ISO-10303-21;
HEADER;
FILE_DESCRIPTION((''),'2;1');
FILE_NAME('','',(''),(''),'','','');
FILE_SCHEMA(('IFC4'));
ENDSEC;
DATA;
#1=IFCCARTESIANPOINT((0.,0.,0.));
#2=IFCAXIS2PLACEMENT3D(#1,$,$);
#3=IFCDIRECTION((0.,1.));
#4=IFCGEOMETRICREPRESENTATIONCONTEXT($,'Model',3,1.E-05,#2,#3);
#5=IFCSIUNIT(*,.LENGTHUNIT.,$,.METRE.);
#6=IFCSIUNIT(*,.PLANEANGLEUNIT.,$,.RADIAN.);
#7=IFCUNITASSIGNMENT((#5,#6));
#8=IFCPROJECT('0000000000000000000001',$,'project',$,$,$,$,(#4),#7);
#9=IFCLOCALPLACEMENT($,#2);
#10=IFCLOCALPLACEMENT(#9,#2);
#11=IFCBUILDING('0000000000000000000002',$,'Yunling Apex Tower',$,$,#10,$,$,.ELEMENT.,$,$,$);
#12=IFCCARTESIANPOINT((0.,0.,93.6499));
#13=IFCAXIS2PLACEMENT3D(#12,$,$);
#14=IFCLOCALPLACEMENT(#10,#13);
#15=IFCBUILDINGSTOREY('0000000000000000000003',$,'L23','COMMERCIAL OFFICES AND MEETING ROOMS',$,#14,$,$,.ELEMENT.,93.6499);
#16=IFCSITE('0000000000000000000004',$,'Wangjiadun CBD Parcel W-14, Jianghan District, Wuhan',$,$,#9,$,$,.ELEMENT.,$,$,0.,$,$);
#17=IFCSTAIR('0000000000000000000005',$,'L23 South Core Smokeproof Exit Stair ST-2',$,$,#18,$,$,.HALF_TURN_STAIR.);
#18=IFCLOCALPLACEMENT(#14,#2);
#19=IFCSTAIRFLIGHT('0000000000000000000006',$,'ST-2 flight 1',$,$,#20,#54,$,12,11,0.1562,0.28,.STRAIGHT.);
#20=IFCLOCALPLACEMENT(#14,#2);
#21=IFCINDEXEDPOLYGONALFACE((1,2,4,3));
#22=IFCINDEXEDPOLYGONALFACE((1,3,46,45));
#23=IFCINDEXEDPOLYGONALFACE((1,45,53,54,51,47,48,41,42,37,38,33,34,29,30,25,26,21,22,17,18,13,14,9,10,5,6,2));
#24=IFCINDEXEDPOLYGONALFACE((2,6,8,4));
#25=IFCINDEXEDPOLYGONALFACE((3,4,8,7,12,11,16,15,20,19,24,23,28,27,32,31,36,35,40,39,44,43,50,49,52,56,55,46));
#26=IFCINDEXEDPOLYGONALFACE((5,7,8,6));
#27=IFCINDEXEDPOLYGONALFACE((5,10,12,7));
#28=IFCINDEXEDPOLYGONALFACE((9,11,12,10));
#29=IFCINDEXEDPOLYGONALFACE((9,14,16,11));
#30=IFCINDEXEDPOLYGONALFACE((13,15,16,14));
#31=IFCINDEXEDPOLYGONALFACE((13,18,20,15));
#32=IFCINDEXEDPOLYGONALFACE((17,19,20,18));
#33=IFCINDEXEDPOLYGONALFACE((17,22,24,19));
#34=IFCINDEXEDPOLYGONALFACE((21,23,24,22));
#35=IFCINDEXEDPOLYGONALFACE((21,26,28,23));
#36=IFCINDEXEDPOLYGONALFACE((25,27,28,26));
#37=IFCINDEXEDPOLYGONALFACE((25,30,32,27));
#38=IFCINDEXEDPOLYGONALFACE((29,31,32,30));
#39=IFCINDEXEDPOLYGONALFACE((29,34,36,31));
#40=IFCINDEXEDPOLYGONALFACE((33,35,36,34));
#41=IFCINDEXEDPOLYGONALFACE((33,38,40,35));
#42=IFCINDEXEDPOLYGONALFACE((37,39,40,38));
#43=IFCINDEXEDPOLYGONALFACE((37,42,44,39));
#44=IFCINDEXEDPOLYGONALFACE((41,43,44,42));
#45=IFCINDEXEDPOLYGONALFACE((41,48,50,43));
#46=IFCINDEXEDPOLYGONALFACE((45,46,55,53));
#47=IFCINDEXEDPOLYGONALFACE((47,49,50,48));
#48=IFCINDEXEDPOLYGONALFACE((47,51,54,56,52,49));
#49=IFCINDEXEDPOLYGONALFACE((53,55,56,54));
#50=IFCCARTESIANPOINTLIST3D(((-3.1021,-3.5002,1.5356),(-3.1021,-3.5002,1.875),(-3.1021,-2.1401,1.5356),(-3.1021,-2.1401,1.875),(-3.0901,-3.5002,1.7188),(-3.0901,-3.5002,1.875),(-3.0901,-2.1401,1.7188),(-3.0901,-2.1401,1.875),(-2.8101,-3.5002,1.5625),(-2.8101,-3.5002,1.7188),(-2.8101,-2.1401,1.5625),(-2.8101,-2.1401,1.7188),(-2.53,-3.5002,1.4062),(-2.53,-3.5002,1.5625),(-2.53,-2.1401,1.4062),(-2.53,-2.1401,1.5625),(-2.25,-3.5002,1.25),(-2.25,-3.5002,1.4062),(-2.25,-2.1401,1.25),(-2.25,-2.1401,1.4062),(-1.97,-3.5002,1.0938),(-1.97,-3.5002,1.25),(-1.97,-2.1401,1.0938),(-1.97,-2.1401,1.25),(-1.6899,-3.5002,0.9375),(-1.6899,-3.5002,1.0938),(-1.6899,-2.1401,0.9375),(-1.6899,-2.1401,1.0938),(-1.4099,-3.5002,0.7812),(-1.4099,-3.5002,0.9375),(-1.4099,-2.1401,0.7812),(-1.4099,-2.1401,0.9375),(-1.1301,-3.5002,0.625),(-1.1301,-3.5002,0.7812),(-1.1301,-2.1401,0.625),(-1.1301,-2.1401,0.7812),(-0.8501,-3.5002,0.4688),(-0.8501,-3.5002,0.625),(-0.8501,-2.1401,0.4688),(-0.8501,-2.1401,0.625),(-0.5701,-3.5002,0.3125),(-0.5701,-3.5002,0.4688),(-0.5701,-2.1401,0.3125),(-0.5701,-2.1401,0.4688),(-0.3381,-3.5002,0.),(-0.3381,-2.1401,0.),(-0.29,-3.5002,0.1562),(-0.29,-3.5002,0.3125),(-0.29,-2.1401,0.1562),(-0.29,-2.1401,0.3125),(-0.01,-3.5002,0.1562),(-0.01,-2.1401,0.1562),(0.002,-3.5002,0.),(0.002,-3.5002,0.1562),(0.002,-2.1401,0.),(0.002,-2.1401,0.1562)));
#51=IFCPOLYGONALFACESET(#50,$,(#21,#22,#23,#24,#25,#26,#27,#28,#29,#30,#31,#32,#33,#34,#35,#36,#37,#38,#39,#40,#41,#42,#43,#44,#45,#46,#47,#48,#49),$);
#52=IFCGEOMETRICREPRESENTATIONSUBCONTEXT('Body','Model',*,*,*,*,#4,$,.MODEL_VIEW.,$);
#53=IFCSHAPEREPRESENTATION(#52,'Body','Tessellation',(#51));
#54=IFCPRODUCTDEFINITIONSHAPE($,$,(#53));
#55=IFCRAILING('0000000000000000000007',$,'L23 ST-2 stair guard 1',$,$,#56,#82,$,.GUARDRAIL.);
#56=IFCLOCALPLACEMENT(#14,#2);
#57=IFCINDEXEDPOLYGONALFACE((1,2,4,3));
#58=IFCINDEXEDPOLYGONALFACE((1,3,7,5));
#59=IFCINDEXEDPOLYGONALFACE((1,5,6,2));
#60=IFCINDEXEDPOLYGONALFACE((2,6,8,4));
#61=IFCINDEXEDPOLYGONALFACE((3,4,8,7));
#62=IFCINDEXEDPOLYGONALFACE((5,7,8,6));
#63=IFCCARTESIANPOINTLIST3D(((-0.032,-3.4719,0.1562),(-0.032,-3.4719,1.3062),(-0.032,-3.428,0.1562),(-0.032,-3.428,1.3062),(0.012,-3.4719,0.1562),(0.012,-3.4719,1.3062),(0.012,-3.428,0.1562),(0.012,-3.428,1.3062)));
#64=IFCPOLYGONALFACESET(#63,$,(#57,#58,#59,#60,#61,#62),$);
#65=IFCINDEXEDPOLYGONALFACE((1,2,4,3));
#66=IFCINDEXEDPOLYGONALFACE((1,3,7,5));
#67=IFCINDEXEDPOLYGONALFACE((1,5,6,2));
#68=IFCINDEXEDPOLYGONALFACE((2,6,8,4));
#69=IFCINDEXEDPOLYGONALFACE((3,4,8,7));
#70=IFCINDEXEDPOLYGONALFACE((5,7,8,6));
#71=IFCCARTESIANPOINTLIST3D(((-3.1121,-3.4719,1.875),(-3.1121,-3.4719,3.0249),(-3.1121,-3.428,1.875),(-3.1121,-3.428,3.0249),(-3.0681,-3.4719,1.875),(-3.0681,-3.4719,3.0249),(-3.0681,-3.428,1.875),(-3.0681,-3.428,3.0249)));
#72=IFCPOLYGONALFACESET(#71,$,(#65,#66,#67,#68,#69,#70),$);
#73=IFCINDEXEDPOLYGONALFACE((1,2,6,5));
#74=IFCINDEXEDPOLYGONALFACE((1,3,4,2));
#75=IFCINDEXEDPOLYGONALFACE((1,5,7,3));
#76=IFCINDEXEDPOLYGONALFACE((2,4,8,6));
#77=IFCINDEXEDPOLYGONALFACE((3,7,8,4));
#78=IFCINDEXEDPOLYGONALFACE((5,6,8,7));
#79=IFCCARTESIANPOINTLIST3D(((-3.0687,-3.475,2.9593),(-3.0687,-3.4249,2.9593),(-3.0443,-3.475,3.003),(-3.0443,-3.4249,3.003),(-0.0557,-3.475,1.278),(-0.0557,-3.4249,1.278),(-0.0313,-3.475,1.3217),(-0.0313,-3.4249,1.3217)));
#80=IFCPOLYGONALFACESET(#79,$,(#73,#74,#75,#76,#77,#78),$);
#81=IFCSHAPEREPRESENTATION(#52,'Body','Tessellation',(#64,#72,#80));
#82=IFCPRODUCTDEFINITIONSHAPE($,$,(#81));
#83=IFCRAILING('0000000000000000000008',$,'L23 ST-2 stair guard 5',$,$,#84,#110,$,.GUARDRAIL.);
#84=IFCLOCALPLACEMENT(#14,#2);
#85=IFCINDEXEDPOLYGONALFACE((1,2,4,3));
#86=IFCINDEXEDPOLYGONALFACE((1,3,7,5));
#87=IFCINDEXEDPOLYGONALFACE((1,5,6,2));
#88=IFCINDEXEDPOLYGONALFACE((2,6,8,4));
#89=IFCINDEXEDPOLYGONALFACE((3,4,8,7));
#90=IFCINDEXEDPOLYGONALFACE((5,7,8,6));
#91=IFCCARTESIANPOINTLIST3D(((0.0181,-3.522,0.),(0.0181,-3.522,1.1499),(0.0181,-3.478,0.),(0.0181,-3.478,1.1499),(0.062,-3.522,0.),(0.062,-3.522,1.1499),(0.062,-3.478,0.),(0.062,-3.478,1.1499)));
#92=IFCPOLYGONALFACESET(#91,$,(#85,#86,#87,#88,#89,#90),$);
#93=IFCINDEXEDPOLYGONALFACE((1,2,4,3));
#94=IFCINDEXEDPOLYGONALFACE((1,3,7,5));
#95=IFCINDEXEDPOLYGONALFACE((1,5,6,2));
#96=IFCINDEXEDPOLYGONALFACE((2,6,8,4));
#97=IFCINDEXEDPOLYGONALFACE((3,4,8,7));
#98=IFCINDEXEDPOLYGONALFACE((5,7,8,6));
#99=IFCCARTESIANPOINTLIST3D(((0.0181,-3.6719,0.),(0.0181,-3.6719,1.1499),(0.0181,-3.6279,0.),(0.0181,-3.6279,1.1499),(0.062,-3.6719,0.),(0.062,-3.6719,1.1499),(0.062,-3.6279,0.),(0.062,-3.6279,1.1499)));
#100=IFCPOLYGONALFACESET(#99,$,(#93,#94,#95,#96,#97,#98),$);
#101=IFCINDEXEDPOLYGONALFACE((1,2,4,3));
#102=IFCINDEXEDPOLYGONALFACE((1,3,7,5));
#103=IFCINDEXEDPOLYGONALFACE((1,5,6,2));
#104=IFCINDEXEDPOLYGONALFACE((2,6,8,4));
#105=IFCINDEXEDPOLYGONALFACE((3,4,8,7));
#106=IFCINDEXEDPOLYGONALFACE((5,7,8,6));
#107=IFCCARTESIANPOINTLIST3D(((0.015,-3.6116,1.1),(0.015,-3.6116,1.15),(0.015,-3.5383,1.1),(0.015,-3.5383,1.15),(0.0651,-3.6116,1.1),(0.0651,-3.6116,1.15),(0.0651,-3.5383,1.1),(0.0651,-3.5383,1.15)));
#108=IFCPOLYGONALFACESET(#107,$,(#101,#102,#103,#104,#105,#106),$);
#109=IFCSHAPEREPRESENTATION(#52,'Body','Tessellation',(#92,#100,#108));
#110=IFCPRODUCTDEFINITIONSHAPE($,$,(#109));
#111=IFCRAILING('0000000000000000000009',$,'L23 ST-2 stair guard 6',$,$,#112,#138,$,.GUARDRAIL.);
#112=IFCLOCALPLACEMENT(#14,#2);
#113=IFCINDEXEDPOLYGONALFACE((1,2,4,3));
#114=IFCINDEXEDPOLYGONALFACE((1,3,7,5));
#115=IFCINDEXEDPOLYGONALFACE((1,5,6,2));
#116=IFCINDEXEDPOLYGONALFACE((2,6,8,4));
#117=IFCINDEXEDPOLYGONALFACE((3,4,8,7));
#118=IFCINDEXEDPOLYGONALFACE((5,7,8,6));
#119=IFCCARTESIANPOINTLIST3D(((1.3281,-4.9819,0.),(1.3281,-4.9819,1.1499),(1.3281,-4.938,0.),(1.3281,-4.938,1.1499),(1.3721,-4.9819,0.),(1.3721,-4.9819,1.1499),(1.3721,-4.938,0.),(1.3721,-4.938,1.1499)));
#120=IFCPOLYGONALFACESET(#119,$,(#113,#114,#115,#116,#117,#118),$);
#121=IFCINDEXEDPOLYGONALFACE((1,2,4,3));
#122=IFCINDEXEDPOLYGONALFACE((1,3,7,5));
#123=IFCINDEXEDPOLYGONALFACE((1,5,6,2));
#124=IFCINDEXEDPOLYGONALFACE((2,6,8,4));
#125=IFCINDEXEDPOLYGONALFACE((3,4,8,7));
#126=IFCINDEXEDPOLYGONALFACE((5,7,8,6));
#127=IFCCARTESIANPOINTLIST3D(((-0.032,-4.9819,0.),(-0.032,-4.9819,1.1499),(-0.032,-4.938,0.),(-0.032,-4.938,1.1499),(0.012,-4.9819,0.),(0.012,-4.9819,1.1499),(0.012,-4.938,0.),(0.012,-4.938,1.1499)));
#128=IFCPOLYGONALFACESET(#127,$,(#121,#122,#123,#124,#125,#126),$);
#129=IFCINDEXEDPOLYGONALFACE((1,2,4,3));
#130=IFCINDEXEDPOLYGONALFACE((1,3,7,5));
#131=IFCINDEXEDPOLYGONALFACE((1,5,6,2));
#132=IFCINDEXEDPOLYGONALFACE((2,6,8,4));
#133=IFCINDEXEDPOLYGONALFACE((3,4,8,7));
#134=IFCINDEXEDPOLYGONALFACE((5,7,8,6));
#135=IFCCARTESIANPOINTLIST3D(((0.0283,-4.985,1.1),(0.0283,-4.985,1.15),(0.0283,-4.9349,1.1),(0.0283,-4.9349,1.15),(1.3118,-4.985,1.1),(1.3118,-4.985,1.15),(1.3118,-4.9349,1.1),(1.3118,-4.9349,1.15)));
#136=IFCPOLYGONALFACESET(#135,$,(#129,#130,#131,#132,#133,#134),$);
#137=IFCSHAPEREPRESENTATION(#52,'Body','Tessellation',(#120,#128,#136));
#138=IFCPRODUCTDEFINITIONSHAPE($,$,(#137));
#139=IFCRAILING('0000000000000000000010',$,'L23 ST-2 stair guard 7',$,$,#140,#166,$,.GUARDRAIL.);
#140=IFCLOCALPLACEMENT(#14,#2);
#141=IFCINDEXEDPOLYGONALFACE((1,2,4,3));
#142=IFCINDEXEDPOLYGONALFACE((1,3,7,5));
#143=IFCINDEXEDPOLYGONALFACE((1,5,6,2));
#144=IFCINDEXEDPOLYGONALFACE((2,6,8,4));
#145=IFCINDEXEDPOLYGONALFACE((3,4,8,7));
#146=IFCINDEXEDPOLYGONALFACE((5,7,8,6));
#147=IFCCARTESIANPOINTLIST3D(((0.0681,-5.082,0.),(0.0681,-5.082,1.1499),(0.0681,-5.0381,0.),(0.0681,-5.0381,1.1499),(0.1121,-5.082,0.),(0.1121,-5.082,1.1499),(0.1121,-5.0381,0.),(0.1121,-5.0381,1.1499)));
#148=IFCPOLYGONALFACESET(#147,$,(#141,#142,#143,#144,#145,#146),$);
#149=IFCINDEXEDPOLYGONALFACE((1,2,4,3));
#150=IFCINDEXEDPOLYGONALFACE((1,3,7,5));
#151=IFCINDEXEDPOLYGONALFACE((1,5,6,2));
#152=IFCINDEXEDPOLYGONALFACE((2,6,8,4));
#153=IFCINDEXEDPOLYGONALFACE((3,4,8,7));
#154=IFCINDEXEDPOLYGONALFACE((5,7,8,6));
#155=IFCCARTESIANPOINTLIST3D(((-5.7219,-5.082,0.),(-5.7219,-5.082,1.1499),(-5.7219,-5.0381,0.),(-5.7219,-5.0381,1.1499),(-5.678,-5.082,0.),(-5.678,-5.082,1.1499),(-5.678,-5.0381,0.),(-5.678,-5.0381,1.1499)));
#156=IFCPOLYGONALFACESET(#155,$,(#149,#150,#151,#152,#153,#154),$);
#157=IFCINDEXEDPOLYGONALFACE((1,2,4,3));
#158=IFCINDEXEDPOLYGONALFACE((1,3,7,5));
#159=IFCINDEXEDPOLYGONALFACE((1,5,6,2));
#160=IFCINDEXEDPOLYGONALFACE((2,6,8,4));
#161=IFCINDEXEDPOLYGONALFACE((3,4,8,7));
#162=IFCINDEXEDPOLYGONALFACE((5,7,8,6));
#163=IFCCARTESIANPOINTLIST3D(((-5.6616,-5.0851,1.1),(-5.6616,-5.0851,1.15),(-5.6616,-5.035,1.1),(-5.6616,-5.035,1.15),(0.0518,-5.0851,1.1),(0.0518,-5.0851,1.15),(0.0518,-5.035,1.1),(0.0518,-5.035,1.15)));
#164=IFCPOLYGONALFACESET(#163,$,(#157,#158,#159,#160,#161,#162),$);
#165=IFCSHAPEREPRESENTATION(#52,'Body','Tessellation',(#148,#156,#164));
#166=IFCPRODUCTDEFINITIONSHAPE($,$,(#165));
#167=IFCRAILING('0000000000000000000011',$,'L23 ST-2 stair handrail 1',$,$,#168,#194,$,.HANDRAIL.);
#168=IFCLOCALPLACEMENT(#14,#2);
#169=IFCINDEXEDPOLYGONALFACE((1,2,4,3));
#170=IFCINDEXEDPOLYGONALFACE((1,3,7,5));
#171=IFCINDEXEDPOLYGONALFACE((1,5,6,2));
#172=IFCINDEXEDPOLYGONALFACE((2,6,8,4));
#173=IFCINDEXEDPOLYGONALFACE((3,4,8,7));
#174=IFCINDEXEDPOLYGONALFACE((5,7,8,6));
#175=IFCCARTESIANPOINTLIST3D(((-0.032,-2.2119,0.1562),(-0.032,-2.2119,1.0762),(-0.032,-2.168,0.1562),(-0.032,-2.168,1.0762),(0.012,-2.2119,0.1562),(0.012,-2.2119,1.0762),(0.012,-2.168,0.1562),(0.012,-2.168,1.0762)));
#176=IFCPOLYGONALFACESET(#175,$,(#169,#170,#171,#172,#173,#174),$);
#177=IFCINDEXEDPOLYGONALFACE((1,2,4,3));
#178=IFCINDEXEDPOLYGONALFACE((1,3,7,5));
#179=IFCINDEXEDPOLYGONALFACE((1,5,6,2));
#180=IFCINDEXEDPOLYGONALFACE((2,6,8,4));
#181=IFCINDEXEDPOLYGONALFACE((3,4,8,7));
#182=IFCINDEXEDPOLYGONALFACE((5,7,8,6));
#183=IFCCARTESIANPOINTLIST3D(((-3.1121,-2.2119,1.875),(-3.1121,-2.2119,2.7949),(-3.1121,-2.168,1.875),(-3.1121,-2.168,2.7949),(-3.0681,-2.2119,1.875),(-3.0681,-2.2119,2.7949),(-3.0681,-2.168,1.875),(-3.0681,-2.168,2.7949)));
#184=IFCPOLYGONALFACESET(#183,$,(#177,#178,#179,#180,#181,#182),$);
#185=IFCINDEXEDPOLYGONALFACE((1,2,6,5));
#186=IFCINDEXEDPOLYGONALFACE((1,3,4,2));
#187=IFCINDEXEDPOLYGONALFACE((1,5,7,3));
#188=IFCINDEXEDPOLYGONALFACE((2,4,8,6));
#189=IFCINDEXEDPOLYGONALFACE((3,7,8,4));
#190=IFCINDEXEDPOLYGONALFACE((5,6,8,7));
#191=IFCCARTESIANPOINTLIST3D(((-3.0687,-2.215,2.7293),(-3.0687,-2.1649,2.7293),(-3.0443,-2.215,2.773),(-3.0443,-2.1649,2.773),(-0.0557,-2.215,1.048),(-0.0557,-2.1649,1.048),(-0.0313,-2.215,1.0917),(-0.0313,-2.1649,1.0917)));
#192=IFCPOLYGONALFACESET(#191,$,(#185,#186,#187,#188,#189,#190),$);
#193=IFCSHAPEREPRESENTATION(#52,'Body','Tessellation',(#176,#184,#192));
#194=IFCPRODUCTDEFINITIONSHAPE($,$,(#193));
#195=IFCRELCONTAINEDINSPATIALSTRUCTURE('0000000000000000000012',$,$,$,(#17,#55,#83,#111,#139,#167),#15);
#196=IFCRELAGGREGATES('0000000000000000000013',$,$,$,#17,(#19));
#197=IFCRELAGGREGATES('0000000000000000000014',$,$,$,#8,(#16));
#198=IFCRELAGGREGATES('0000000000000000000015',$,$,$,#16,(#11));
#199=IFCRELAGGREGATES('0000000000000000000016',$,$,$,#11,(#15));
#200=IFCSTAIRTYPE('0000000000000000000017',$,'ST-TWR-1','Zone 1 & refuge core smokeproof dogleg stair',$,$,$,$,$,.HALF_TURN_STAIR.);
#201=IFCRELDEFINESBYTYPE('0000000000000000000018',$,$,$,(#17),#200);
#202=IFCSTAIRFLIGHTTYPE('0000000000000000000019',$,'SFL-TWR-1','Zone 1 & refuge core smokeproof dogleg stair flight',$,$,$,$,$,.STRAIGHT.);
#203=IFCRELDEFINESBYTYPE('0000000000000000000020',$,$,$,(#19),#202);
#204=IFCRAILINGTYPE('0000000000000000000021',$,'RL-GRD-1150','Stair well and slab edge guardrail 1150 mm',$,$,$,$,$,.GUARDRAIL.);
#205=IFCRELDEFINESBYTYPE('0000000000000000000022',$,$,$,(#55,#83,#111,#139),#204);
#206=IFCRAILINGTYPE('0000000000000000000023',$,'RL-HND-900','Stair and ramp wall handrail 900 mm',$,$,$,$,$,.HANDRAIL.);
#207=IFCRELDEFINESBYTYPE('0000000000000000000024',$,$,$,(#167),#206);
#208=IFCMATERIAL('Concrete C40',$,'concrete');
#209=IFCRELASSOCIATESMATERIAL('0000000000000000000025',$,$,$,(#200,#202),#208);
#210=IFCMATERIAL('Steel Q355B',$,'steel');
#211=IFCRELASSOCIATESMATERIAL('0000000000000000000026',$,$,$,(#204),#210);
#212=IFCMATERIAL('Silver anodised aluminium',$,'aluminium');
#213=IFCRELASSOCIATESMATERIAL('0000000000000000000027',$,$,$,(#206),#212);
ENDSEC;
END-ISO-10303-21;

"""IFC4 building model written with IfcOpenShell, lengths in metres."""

from ifc_helpers import new_model, si_unit, direction, frame, origin, origin_2d, place, context, subcontext, project, spatial, polyline, rectangle, outline, extrude, material, type_object, element, aggregate, save


model = new_model("IFC4")

# Units and contexts
model_context = context("Model", 3, precision=1e-05, world=origin(), true_north=direction((0.0, 1.0)))
body_context = subcontext(model_context, "Body", "Model", "MODEL_VIEW")
ifc_project = project(units=[si_unit("LENGTHUNIT", "METRE"), si_unit("PLANEANGLEUNIT", "RADIAN")], contexts=[model_context])

# Site, building, storey
site_placement = place(None, origin())
site = spatial("IfcSite", under=ifc_project, at=site_placement, Name="Wangjiadun CBD Parcel W-14, Jianghan District, Wuhan", CompositionType="ELEMENT", RefElevation=0.0)
building_placement = place(site_placement, origin())
building = spatial("IfcBuilding", under=site, at=building_placement, Name="Yunling Apex Tower", CompositionType="ELEMENT")
storey_placement = place(building_placement, frame((0.0, 0.0, 93.6499)))
storey = spatial("IfcBuildingStorey", under=building, at=storey_placement, Name="L23", Description="COMMERCIAL OFFICES AND MEETING ROOMS", CompositionType="ELEMENT", Elevation=93.6499)

# Shared definitions
ifc_material_1 = material(Name="Concrete C40", Category="concrete")

# Shared definitions
ifc_material_2 = material(Name="Steel Q355B", Category="steel")

# Stair, stair flight
stair_type = type_object("IfcStairType", Name="ST-TWR-1", Description="Zone 1 & refuge core smokeproof dogleg stair", PredefinedType="HALF_TURN_STAIR", material=ifc_material_1)
stair_placement = place(storey_placement, origin())
stair = element("IfcStair", 1, at=stair_placement, inside=storey, type_object=stair_type, Name="L23 South Core Smokeproof Exit Stair ST-2", PredefinedType="HALF_TURN_STAIR")
stair_flight_type = type_object("IfcStairFlightType", Name="SFL-TWR-1", Description="Zone 1 & refuge core smokeproof dogleg stair flight", PredefinedType="STRAIGHT", material=ifc_material_1)
stair_flight_placement = place(storey_placement, frame((-0.01, -2.8201, 0.0), z_axis=(0.0, 0.0, 1.0), x_axis=(-1.0, 0.0, 0.0)))
stair_flight = element("IfcStairFlight", 2, at=stair_flight_placement, type_object=stair_flight_type, Name="ST-2 flight 1", NumberOfRisers=12, NumberOfTreads=11, PredefinedType="STRAIGHT", RiserHeight=0.1562, TreadLength=0.28, context=body_context, shape_type="SweptSolid", body=[
    extrude(outline(polyline([(-0.012, 0.0), (-0.012, 0.1562), (0.0, 0.1562), (0.28, 0.1562), (0.28, 0.3125), (0.5601, 0.3125), (0.5601, 0.4688), (0.8401, 0.4688), (0.8401, 0.625), (1.1201, 0.625), (1.1201, 0.7812), (1.3999, 0.7812), (1.3999, 0.9375), (1.6799, 0.9375), (1.6799, 1.0938), (1.96, 1.0938), (1.96, 1.25), (2.24, 1.25), (2.24, 1.4062), (2.52, 1.4062), (2.52, 1.5625), (2.8, 1.5625), (2.8, 1.7188), (3.0801, 1.7188), (3.0801, 1.875), (3.092, 1.875), (3.092, 1.5356), (0.3281, 0.0), (-0.012, 0.0)])), frame((0.0, 0.6802, 0.0), z_axis=(0.0, -1.0, 0.0), x_axis=(1.0, 0.0, 0.0)), (0.0, 0.0, 1.0), 1.3601),
])
aggregate(stair, [stair_flight])

# Railings
railing_type_1 = type_object("IfcRailingType", Name="RL-GRD-1150", Description="Stair well and slab edge guardrail 1150 mm", PredefinedType="GUARDRAIL", material=ifc_material_2)
railing_1_placement = place(storey_placement, frame((-0.01, -3.45, 0.1562)))
element("IfcRailing", 3, at=railing_1_placement, inside=storey, type_object=railing_type_1, Name="L23 ST-2 stair guard 1", PredefinedType="GUARDRAIL", context=body_context, shape_type="SweptSolid", body=[
    extrude(rectangle(XDim=0.0439, YDim=0.0439, at=origin_2d()), origin(), (0.0, 0.0, 1.0), 1.1499),
    extrude(rectangle(XDim=0.0439, YDim=0.0439, at=origin_2d()), frame((-3.0801, 0.0, 1.7188)), (0.0, 0.0, 1.0), 1.1499),
    extrude(rectangle(XDim=0.05, YDim=0.05, at=origin_2d()), frame((-0.0334, 0.0, 1.1436), z_axis=(-0.873242, 0.0, 0.487288), x_axis=(0.0, -1.0, 0.0)), (0.0, 0.0, 1.0), 3.4504),
])
railing_2_placement = place(storey_placement, frame((0.04, -3.5, 0.0)))
element("IfcRailing", 4, at=railing_2_placement, inside=storey, type_object=railing_type_1, Name="L23 ST-2 stair guard 5", PredefinedType="GUARDRAIL", context=body_context, shape_type="SweptSolid", body=[
    extrude(rectangle(XDim=0.0439, YDim=0.0439, at=origin_2d()), origin(), (0.0, 0.0, 1.0), 1.1499),
    extrude(rectangle(XDim=0.0439, YDim=0.0439, at=origin_2d()), frame((0.0, -0.1499, 0.0)), (0.0, 0.0, 1.0), 1.1499),
    extrude(rectangle(XDim=0.05, YDim=0.05, at=origin_2d()), frame((0.0, -0.0383, 1.125), z_axis=(0.0, -1.0, 0.0), x_axis=(1.0, 0.0, 0.0)), (0.0, 0.0, 1.0), 0.0732),
])
railing_3_placement = place(storey_placement, frame((1.3501, -4.96, 0.0)))
element("IfcRailing", 5, at=railing_3_placement, inside=storey, type_object=railing_type_1, Name="L23 ST-2 stair guard 6", PredefinedType="GUARDRAIL", context=body_context, shape_type="SweptSolid", body=[
    extrude(rectangle(XDim=0.0439, YDim=0.0439, at=origin_2d()), origin(), (0.0, 0.0, 1.0), 1.1499),
    extrude(rectangle(XDim=0.0439, YDim=0.0439, at=origin_2d()), frame((-1.3601, 0.0, 0.0)), (0.0, 0.0, 1.0), 1.1499),
    extrude(rectangle(XDim=0.05, YDim=0.05, at=origin_2d()), frame((-0.0383, 0.0, 1.125), z_axis=(-1.0, 0.0, 0.0), x_axis=(0.0, -1.0, 0.0)), (0.0, 0.0, 1.0), 1.2834),
])
railing_4_placement = place(storey_placement, frame((0.0901, -5.0601, 0.0)))
element("IfcRailing", 6, at=railing_4_placement, inside=storey, type_object=railing_type_1, Name="L23 ST-2 stair guard 7", PredefinedType="GUARDRAIL", context=body_context, shape_type="SweptSolid", body=[
    extrude(rectangle(XDim=0.0439, YDim=0.0439, at=origin_2d()), origin(), (0.0, 0.0, 1.0), 1.1499),
    extrude(rectangle(XDim=0.0439, YDim=0.0439, at=origin_2d()), frame((-5.79, 0.0, 0.0)), (0.0, 0.0, 1.0), 1.1499),
    extrude(rectangle(XDim=0.05, YDim=0.05, at=origin_2d()), frame((-0.0383, 0.0, 1.125), z_axis=(-1.0, 0.0, 0.0), x_axis=(0.0, -1.0, 0.0)), (0.0, 0.0, 1.0), 5.7134),
])
ifc_material_3 = material(Name="Silver anodised aluminium", Category="aluminium")
railing_type_2 = type_object("IfcRailingType", Name="RL-HND-900", Description="Stair and ramp wall handrail 900 mm", PredefinedType="HANDRAIL", material=ifc_material_3)
railing_5_placement = place(storey_placement, frame((-0.01, -2.1899, 0.1562)))
element("IfcRailing", 7, at=railing_5_placement, inside=storey, type_object=railing_type_2, Name="L23 ST-2 stair handrail 1", PredefinedType="HANDRAIL", context=body_context, shape_type="SweptSolid", body=[
    extrude(rectangle(XDim=0.0439, YDim=0.0439, at=origin_2d()), origin(), (0.0, 0.0, 1.0), 0.9199),
    extrude(rectangle(XDim=0.0439, YDim=0.0439, at=origin_2d()), frame((-3.0801, 0.0, 1.7188)), (0.0, 0.0, 1.0), 0.9199),
    extrude(rectangle(XDim=0.05, YDim=0.05, at=origin_2d()), frame((-0.0334, 0.0, 0.9136), z_axis=(-0.873242, 0.0, 0.487288), x_axis=(0.0, -1.0, 0.0)), (0.0, 0.0, 1.0), 3.4504),
])

save(model, "model.ifc")
